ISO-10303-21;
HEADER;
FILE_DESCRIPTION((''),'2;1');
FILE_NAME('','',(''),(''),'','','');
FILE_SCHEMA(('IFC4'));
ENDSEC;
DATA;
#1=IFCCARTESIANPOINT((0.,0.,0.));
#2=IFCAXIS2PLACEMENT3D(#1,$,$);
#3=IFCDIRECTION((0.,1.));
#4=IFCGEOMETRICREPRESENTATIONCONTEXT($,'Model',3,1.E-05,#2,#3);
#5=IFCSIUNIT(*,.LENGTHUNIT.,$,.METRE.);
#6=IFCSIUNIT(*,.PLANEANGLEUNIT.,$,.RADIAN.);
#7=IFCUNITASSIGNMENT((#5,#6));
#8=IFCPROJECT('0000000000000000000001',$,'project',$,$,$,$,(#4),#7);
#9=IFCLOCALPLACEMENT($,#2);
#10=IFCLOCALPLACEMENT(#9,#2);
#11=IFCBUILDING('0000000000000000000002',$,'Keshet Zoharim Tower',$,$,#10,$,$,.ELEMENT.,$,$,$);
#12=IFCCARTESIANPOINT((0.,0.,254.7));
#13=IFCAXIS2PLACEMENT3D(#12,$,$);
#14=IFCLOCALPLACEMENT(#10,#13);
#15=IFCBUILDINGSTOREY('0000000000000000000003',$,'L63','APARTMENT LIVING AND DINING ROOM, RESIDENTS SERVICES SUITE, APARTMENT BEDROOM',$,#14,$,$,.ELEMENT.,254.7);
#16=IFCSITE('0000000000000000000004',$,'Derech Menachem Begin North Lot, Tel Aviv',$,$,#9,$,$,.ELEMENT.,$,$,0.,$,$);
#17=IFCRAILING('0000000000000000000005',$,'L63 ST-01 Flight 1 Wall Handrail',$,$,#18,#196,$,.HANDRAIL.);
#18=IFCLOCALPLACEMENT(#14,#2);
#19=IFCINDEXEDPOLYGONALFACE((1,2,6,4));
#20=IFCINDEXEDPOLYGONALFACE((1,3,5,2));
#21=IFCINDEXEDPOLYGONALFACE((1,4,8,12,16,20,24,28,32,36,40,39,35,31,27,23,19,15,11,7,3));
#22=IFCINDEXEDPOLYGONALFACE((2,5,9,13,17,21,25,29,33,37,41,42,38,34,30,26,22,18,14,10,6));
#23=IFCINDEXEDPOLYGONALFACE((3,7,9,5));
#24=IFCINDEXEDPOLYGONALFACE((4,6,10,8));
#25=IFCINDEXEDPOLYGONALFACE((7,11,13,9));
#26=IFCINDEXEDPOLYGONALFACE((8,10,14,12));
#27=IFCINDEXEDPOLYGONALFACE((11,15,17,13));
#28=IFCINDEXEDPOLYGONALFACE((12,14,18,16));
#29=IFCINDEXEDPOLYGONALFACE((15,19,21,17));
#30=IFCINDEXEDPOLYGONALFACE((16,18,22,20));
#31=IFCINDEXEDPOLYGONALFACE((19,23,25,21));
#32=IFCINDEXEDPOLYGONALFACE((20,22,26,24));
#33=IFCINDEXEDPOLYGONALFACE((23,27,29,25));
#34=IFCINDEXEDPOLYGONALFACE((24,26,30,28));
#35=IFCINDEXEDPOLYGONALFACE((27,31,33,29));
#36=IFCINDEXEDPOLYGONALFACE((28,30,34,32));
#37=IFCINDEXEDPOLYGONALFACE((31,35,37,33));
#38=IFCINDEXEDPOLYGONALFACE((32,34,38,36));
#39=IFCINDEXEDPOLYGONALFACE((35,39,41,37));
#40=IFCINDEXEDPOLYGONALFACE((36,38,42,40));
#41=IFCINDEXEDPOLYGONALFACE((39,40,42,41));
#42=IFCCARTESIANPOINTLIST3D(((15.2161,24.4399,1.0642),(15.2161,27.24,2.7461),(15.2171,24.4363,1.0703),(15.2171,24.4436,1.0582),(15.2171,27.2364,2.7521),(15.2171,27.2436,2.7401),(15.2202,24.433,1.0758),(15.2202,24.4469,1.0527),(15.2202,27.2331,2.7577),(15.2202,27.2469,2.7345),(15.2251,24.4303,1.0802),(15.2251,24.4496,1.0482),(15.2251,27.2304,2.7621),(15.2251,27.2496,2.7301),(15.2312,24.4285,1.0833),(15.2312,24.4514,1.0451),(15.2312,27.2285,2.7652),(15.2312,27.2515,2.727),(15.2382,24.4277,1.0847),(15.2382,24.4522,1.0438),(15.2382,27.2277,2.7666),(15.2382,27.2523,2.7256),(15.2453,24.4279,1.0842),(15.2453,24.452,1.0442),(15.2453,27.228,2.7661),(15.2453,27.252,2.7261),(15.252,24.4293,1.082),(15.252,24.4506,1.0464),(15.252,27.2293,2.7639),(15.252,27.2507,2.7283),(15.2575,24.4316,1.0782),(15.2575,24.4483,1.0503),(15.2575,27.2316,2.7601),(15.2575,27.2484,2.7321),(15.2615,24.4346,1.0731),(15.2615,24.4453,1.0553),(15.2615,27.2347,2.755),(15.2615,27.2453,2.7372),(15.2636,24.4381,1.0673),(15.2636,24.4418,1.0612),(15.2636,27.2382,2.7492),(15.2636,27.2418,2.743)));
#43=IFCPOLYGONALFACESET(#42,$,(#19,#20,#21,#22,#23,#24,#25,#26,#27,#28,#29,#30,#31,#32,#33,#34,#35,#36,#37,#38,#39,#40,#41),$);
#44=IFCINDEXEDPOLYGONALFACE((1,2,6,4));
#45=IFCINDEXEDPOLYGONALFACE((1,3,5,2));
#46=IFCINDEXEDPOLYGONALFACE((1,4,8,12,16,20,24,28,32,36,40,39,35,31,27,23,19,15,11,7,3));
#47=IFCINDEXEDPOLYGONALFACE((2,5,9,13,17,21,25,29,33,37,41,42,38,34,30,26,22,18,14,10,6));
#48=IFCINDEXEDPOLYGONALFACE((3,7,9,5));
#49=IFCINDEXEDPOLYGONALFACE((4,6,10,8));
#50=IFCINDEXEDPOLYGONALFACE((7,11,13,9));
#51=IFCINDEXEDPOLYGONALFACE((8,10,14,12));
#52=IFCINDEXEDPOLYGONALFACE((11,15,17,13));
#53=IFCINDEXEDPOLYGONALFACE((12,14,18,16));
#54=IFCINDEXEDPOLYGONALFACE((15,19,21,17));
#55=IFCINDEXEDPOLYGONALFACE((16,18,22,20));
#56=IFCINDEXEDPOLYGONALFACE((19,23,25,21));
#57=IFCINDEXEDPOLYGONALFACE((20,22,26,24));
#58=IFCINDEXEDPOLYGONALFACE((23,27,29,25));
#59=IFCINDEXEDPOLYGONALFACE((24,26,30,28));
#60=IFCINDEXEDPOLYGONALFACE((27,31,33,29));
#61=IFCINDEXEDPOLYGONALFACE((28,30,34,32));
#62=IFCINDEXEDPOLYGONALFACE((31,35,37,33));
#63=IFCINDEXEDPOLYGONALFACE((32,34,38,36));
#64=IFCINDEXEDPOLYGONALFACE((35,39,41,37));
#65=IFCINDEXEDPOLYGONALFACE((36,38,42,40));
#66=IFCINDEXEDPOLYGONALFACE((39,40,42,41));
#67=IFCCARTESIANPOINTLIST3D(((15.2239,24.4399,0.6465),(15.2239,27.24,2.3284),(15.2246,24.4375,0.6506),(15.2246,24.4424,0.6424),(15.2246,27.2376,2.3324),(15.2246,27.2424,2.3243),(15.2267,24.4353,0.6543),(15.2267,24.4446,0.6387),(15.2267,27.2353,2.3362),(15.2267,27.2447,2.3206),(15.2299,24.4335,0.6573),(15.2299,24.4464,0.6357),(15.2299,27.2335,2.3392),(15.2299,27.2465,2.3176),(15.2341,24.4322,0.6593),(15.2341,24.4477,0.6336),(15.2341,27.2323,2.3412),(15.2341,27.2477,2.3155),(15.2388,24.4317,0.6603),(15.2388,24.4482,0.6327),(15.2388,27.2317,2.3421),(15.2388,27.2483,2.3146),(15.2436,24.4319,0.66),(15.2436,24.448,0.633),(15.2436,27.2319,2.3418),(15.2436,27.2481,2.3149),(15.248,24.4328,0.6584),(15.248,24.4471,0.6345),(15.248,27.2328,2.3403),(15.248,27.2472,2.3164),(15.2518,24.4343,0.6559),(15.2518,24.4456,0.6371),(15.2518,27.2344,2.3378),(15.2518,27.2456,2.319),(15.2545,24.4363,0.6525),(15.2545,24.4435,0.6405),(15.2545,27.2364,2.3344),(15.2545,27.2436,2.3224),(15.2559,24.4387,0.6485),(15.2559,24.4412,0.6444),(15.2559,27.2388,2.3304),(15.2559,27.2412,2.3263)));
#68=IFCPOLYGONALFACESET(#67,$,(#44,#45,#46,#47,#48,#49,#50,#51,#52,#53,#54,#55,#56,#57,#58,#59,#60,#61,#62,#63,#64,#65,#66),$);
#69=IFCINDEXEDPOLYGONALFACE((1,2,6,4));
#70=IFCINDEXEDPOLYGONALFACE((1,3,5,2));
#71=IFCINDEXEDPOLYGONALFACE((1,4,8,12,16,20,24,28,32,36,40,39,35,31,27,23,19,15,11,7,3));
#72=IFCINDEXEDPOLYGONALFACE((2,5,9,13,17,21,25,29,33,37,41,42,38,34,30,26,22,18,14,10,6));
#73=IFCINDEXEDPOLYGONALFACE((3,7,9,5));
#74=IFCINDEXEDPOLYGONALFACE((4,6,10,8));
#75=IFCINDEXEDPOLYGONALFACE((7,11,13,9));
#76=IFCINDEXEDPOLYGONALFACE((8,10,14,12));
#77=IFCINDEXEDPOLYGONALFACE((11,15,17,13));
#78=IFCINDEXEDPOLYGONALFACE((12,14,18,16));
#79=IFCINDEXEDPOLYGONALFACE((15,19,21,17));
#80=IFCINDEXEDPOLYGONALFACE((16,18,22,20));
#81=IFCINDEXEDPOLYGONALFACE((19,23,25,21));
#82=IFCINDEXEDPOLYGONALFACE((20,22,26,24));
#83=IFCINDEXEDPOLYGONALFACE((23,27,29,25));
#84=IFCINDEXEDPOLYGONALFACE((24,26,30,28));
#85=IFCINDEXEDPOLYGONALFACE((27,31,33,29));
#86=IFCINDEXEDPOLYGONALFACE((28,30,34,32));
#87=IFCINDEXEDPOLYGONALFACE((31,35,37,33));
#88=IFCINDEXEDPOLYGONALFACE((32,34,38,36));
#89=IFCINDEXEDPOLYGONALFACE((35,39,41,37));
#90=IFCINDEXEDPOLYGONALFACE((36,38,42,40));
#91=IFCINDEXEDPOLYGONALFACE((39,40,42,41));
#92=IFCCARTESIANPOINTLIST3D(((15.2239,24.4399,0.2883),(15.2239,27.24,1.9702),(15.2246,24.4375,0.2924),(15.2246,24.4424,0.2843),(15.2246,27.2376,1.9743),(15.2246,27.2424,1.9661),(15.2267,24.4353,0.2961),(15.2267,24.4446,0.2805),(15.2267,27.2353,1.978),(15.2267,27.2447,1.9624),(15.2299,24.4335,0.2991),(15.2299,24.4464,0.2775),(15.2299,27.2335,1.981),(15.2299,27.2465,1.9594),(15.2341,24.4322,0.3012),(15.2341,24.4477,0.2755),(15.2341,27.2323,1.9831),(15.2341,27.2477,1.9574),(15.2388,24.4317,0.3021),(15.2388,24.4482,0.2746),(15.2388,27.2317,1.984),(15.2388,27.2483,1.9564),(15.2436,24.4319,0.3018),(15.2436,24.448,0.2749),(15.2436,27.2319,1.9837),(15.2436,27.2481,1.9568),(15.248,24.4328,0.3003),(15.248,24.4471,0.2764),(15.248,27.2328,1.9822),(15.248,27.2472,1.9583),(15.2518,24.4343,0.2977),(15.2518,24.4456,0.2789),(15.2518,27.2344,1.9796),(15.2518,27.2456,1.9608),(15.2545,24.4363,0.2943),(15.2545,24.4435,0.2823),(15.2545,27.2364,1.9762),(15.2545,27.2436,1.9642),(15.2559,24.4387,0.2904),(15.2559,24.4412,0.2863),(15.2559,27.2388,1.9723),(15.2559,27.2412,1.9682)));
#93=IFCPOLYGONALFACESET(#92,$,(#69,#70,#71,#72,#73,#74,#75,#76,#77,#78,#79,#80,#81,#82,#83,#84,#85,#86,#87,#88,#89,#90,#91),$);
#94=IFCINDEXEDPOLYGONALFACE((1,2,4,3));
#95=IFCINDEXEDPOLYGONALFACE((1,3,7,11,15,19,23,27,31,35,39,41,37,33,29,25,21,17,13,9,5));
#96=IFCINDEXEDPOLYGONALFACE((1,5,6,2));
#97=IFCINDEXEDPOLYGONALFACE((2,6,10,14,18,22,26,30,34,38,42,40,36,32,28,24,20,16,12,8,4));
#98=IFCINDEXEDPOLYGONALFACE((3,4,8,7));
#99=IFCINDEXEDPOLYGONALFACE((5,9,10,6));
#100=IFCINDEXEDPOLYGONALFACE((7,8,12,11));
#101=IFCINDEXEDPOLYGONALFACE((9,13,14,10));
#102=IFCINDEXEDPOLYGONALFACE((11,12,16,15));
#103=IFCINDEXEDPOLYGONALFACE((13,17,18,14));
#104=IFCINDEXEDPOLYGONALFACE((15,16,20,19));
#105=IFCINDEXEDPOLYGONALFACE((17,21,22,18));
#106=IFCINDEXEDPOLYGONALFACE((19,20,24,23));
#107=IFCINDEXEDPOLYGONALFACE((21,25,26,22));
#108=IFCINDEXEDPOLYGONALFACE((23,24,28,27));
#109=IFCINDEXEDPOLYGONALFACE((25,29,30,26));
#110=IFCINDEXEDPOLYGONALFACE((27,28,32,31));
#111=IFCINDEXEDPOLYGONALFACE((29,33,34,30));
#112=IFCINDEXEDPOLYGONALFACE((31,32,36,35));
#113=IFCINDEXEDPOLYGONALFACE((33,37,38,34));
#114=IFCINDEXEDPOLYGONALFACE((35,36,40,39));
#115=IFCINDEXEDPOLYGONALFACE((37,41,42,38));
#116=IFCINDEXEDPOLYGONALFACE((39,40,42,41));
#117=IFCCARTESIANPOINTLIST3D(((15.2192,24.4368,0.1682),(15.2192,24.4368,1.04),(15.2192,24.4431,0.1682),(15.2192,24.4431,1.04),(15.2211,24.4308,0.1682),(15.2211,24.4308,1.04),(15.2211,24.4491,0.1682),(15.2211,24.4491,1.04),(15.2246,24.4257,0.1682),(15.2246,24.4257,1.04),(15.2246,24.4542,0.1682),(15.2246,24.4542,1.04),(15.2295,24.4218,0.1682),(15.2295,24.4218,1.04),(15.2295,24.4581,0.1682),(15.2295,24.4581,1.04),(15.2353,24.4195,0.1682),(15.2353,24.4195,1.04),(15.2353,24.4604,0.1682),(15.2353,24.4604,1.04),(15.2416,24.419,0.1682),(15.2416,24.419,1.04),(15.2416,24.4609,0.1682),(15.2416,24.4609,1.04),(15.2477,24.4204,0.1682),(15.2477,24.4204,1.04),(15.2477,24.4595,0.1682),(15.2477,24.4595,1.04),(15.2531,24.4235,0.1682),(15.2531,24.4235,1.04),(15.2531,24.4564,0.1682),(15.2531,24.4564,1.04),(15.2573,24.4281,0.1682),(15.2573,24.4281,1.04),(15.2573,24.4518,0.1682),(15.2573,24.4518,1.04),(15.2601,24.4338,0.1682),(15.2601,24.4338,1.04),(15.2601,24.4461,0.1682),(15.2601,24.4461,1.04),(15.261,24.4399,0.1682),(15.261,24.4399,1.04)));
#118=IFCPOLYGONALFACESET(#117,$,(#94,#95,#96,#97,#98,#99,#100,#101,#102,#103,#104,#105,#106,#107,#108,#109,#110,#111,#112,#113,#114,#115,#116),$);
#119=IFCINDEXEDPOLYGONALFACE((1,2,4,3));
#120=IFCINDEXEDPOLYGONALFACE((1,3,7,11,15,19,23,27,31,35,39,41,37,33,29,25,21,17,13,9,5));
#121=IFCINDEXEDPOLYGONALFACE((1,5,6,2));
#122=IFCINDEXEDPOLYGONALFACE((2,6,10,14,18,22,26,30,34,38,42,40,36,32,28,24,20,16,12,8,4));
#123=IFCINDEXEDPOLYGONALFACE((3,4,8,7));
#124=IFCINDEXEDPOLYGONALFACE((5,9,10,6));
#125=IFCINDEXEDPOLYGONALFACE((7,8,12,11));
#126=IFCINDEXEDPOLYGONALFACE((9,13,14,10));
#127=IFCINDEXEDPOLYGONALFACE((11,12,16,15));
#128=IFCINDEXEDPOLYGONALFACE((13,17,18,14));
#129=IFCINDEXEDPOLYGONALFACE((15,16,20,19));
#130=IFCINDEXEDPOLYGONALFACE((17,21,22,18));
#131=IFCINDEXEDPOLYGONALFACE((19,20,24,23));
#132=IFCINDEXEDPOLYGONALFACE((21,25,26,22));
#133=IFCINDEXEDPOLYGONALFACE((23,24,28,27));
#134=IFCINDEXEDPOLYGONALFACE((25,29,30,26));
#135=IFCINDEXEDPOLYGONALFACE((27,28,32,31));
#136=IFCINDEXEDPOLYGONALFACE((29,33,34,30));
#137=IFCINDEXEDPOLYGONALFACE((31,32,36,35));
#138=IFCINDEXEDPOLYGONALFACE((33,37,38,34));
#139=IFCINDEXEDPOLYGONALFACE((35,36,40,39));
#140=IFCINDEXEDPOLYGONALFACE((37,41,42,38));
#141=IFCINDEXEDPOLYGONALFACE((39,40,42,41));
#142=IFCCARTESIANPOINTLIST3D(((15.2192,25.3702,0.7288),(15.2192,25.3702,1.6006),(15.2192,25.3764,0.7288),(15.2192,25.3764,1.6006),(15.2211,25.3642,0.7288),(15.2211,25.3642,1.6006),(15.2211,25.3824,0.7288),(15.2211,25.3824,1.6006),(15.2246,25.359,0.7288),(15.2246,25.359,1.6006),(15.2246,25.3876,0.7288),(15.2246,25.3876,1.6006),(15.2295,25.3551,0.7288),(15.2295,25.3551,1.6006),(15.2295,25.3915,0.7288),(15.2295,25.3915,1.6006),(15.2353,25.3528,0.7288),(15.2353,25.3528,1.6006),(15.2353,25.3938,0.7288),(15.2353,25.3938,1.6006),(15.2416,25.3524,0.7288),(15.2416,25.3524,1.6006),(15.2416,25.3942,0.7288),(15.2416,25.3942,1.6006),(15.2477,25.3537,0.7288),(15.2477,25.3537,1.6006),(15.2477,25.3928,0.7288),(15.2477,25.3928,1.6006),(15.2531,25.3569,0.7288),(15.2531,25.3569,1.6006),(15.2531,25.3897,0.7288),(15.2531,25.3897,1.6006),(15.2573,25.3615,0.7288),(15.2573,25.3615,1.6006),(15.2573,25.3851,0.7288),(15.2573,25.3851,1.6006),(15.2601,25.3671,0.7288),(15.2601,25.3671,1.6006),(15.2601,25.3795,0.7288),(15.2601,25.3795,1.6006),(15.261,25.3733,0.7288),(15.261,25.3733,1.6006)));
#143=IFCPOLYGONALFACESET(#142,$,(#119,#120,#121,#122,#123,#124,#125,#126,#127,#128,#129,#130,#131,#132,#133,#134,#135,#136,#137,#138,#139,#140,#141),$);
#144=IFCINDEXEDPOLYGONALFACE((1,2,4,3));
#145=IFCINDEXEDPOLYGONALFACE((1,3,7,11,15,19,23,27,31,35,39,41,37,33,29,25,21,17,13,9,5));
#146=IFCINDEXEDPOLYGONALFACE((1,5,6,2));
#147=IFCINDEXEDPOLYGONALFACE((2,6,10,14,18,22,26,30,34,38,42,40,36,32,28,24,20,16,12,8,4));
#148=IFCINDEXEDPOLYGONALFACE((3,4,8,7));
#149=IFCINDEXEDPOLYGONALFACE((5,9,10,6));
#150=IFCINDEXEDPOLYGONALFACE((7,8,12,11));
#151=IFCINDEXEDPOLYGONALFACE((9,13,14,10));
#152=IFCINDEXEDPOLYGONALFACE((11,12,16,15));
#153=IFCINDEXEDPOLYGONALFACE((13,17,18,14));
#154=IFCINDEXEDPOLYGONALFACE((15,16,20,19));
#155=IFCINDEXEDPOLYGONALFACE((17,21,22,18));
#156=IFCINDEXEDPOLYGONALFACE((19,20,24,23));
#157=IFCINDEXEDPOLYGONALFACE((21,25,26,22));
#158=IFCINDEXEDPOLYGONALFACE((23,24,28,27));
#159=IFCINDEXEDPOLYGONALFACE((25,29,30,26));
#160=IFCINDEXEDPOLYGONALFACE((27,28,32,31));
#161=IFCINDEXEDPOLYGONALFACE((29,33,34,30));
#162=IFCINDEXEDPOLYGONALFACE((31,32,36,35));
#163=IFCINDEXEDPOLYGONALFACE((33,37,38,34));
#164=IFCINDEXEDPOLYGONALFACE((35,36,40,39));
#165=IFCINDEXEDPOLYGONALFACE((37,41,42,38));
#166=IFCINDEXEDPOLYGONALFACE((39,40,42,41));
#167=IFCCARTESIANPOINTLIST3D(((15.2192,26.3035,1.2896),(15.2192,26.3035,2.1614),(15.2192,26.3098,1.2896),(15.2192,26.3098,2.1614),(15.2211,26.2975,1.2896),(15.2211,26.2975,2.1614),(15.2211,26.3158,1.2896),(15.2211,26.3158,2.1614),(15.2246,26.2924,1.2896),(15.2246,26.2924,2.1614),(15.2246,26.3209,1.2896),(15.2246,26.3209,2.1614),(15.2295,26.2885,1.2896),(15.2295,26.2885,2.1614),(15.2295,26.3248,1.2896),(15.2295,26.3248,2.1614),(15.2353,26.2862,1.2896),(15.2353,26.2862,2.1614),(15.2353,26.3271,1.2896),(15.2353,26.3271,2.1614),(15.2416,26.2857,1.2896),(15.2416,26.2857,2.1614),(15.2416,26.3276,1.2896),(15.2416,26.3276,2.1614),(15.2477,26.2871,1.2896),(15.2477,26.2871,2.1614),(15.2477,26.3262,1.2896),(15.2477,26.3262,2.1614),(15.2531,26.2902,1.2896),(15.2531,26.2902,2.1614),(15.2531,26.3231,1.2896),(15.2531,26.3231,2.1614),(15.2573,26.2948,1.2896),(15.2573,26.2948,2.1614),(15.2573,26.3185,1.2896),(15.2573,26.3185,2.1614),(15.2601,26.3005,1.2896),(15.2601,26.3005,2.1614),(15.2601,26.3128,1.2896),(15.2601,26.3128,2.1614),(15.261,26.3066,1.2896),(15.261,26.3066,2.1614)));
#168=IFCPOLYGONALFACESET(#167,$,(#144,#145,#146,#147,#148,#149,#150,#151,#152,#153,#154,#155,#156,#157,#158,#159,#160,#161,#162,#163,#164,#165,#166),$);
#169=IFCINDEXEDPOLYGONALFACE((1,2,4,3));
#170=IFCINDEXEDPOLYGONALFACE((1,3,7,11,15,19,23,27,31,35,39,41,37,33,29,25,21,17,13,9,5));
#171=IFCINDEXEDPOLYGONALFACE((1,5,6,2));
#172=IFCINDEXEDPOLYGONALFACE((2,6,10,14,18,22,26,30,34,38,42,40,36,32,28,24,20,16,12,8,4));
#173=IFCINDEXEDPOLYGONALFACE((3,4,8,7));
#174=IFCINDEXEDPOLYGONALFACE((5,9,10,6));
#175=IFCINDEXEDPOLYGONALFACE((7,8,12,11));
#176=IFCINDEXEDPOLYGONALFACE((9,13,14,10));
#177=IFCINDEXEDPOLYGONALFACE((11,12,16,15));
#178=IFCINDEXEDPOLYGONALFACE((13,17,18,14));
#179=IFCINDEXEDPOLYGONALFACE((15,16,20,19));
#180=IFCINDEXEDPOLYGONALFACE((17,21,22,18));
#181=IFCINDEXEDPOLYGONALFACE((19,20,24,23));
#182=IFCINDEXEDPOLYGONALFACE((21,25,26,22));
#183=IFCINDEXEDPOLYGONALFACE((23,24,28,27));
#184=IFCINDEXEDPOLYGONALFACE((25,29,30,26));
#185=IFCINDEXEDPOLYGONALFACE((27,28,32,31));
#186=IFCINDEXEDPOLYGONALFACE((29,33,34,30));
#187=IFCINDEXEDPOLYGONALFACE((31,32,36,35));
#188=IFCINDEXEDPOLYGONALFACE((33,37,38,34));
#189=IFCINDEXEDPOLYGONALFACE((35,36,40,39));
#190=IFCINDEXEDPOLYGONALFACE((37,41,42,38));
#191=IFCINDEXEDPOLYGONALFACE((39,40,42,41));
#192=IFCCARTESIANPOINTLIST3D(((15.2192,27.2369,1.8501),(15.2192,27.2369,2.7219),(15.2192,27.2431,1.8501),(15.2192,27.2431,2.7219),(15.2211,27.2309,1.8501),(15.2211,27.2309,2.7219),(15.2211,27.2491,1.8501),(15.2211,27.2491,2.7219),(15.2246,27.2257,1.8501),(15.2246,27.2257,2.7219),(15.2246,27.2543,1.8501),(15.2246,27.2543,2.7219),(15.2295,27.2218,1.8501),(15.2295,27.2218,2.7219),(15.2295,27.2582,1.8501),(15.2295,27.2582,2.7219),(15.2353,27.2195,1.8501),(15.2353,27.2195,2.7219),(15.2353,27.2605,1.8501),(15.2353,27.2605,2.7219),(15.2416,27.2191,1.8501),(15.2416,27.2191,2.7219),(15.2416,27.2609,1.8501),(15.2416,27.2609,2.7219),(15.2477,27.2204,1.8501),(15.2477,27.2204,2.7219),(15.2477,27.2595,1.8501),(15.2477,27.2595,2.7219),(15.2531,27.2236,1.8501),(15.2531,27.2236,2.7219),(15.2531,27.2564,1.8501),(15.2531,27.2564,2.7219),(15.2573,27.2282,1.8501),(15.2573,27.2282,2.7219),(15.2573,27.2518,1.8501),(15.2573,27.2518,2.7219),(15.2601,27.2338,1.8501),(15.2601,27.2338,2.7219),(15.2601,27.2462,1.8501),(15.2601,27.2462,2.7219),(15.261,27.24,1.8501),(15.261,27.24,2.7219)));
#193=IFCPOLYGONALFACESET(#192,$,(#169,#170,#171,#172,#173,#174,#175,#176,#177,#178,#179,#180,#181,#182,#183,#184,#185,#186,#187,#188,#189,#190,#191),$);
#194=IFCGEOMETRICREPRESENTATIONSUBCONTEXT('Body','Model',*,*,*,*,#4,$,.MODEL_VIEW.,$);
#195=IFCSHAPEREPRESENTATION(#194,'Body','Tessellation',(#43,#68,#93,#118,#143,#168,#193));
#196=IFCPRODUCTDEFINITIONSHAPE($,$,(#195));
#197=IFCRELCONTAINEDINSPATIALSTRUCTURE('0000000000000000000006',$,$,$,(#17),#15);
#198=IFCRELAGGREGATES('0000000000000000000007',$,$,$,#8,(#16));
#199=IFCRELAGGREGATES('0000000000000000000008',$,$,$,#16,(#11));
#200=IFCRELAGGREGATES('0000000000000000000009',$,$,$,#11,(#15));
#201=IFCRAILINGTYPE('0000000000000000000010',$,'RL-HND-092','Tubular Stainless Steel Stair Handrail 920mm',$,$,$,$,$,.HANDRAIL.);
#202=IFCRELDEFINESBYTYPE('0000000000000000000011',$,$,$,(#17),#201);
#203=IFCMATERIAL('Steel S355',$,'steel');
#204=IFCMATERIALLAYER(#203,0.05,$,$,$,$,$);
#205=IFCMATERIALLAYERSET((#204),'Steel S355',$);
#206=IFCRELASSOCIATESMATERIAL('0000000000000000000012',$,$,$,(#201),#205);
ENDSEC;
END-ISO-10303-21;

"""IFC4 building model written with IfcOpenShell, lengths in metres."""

from ifc_helpers import new_model, si_unit, direction, frame, origin, origin_2d, place, context, subcontext, project, spatial, circle, extrude, material, layer, layer_set, type_object, element, save


model = new_model("IFC4")

# Units and contexts
model_context = context("Model", 3, precision=1e-05, world=origin(), true_north=direction((0.0, 1.0)))
body_context = subcontext(model_context, "Body", "Model", "MODEL_VIEW")
ifc_project = project(units=[si_unit("LENGTHUNIT", "METRE"), si_unit("PLANEANGLEUNIT", "RADIAN")], contexts=[model_context])

# Site, building, storey
site_placement = place(None, origin())
site = spatial("IfcSite", under=ifc_project, at=site_placement, Name="Derech Menachem Begin North Lot, Tel Aviv", CompositionType="ELEMENT", RefElevation=0.0)
building_placement = place(site_placement, origin())
building = spatial("IfcBuilding", under=site, at=building_placement, Name="Keshet Zoharim Tower", CompositionType="ELEMENT")
storey_placement = place(building_placement, frame((0.0, 0.0, 254.7)))
storey = spatial("IfcBuildingStorey", under=building, at=storey_placement, Name="L63", Description="APARTMENT LIVING AND DINING ROOM, RESIDENTS SERVICES SUITE, APARTMENT BEDROOM", CompositionType="ELEMENT", Elevation=254.7)

# Shared definitions
ifc_material_1 = material(Name="Steel S355", Category="steel")

# Railing
ifc_layer_1 = layer(ifc_material_1, 0.05)
ifc_layer_set_1 = layer_set([ifc_layer_1], Name="Steel S355")
railing_type_1 = type_object("IfcRailingType", Name="RL-HND-092", Description="Tubular Stainless Steel Stair Handrail 920mm", PredefinedType="HANDRAIL", material=ifc_layer_set_1)
railing_1_placement = place(storey_placement, frame((15.24, 24.4399, 0.1682)))
element("IfcRailing", 1, at=railing_1_placement, inside=storey, type_object=railing_type_1, Name="L63 ST-01 Flight 1 Wall Handrail", PredefinedType="HANDRAIL", context=body_context, shape_type="SweptSolid", body=[
    extrude(circle(Radius=0.0239, at=origin_2d()), frame((0.0, 0.0, 0.896), z_axis=(0.0, 0.857242, 0.514913), x_axis=(-1.0, 0.0, 0.0)), (0.0, 0.0, 1.0), 3.2664),
    extrude(circle(Radius=0.0161, at=origin_2d()), frame((0.0, 0.0, 0.4783), z_axis=(0.0, 0.857242, 0.514913), x_axis=(-1.0, 0.0, 0.0)), (0.0, 0.0, 1.0), 3.2664),
    extrude(circle(Radius=0.0161, at=origin_2d()), frame((0.0, 0.0, 0.1201), z_axis=(0.0, 0.857242, 0.514913), x_axis=(-1.0, 0.0, 0.0)), (0.0, 0.0, 1.0), 3.2664),
    extrude(circle(Radius=0.021, at=origin_2d()), origin(), (0.0, 0.0, 1.0), 0.8718),
    extrude(circle(Radius=0.021, at=origin_2d()), frame((0.0, 0.9333, 0.5605)), (0.0, 0.0, 1.0), 0.8718),
    extrude(circle(Radius=0.021, at=origin_2d()), frame((0.0, 1.8667, 1.1213)), (0.0, 0.0, 1.0), 0.8718),
    extrude(circle(Radius=0.021, at=origin_2d()), frame((0.0, 2.8, 1.6819)), (0.0, 0.0, 1.0), 0.8718),
])

save(model, "model.ifc")
